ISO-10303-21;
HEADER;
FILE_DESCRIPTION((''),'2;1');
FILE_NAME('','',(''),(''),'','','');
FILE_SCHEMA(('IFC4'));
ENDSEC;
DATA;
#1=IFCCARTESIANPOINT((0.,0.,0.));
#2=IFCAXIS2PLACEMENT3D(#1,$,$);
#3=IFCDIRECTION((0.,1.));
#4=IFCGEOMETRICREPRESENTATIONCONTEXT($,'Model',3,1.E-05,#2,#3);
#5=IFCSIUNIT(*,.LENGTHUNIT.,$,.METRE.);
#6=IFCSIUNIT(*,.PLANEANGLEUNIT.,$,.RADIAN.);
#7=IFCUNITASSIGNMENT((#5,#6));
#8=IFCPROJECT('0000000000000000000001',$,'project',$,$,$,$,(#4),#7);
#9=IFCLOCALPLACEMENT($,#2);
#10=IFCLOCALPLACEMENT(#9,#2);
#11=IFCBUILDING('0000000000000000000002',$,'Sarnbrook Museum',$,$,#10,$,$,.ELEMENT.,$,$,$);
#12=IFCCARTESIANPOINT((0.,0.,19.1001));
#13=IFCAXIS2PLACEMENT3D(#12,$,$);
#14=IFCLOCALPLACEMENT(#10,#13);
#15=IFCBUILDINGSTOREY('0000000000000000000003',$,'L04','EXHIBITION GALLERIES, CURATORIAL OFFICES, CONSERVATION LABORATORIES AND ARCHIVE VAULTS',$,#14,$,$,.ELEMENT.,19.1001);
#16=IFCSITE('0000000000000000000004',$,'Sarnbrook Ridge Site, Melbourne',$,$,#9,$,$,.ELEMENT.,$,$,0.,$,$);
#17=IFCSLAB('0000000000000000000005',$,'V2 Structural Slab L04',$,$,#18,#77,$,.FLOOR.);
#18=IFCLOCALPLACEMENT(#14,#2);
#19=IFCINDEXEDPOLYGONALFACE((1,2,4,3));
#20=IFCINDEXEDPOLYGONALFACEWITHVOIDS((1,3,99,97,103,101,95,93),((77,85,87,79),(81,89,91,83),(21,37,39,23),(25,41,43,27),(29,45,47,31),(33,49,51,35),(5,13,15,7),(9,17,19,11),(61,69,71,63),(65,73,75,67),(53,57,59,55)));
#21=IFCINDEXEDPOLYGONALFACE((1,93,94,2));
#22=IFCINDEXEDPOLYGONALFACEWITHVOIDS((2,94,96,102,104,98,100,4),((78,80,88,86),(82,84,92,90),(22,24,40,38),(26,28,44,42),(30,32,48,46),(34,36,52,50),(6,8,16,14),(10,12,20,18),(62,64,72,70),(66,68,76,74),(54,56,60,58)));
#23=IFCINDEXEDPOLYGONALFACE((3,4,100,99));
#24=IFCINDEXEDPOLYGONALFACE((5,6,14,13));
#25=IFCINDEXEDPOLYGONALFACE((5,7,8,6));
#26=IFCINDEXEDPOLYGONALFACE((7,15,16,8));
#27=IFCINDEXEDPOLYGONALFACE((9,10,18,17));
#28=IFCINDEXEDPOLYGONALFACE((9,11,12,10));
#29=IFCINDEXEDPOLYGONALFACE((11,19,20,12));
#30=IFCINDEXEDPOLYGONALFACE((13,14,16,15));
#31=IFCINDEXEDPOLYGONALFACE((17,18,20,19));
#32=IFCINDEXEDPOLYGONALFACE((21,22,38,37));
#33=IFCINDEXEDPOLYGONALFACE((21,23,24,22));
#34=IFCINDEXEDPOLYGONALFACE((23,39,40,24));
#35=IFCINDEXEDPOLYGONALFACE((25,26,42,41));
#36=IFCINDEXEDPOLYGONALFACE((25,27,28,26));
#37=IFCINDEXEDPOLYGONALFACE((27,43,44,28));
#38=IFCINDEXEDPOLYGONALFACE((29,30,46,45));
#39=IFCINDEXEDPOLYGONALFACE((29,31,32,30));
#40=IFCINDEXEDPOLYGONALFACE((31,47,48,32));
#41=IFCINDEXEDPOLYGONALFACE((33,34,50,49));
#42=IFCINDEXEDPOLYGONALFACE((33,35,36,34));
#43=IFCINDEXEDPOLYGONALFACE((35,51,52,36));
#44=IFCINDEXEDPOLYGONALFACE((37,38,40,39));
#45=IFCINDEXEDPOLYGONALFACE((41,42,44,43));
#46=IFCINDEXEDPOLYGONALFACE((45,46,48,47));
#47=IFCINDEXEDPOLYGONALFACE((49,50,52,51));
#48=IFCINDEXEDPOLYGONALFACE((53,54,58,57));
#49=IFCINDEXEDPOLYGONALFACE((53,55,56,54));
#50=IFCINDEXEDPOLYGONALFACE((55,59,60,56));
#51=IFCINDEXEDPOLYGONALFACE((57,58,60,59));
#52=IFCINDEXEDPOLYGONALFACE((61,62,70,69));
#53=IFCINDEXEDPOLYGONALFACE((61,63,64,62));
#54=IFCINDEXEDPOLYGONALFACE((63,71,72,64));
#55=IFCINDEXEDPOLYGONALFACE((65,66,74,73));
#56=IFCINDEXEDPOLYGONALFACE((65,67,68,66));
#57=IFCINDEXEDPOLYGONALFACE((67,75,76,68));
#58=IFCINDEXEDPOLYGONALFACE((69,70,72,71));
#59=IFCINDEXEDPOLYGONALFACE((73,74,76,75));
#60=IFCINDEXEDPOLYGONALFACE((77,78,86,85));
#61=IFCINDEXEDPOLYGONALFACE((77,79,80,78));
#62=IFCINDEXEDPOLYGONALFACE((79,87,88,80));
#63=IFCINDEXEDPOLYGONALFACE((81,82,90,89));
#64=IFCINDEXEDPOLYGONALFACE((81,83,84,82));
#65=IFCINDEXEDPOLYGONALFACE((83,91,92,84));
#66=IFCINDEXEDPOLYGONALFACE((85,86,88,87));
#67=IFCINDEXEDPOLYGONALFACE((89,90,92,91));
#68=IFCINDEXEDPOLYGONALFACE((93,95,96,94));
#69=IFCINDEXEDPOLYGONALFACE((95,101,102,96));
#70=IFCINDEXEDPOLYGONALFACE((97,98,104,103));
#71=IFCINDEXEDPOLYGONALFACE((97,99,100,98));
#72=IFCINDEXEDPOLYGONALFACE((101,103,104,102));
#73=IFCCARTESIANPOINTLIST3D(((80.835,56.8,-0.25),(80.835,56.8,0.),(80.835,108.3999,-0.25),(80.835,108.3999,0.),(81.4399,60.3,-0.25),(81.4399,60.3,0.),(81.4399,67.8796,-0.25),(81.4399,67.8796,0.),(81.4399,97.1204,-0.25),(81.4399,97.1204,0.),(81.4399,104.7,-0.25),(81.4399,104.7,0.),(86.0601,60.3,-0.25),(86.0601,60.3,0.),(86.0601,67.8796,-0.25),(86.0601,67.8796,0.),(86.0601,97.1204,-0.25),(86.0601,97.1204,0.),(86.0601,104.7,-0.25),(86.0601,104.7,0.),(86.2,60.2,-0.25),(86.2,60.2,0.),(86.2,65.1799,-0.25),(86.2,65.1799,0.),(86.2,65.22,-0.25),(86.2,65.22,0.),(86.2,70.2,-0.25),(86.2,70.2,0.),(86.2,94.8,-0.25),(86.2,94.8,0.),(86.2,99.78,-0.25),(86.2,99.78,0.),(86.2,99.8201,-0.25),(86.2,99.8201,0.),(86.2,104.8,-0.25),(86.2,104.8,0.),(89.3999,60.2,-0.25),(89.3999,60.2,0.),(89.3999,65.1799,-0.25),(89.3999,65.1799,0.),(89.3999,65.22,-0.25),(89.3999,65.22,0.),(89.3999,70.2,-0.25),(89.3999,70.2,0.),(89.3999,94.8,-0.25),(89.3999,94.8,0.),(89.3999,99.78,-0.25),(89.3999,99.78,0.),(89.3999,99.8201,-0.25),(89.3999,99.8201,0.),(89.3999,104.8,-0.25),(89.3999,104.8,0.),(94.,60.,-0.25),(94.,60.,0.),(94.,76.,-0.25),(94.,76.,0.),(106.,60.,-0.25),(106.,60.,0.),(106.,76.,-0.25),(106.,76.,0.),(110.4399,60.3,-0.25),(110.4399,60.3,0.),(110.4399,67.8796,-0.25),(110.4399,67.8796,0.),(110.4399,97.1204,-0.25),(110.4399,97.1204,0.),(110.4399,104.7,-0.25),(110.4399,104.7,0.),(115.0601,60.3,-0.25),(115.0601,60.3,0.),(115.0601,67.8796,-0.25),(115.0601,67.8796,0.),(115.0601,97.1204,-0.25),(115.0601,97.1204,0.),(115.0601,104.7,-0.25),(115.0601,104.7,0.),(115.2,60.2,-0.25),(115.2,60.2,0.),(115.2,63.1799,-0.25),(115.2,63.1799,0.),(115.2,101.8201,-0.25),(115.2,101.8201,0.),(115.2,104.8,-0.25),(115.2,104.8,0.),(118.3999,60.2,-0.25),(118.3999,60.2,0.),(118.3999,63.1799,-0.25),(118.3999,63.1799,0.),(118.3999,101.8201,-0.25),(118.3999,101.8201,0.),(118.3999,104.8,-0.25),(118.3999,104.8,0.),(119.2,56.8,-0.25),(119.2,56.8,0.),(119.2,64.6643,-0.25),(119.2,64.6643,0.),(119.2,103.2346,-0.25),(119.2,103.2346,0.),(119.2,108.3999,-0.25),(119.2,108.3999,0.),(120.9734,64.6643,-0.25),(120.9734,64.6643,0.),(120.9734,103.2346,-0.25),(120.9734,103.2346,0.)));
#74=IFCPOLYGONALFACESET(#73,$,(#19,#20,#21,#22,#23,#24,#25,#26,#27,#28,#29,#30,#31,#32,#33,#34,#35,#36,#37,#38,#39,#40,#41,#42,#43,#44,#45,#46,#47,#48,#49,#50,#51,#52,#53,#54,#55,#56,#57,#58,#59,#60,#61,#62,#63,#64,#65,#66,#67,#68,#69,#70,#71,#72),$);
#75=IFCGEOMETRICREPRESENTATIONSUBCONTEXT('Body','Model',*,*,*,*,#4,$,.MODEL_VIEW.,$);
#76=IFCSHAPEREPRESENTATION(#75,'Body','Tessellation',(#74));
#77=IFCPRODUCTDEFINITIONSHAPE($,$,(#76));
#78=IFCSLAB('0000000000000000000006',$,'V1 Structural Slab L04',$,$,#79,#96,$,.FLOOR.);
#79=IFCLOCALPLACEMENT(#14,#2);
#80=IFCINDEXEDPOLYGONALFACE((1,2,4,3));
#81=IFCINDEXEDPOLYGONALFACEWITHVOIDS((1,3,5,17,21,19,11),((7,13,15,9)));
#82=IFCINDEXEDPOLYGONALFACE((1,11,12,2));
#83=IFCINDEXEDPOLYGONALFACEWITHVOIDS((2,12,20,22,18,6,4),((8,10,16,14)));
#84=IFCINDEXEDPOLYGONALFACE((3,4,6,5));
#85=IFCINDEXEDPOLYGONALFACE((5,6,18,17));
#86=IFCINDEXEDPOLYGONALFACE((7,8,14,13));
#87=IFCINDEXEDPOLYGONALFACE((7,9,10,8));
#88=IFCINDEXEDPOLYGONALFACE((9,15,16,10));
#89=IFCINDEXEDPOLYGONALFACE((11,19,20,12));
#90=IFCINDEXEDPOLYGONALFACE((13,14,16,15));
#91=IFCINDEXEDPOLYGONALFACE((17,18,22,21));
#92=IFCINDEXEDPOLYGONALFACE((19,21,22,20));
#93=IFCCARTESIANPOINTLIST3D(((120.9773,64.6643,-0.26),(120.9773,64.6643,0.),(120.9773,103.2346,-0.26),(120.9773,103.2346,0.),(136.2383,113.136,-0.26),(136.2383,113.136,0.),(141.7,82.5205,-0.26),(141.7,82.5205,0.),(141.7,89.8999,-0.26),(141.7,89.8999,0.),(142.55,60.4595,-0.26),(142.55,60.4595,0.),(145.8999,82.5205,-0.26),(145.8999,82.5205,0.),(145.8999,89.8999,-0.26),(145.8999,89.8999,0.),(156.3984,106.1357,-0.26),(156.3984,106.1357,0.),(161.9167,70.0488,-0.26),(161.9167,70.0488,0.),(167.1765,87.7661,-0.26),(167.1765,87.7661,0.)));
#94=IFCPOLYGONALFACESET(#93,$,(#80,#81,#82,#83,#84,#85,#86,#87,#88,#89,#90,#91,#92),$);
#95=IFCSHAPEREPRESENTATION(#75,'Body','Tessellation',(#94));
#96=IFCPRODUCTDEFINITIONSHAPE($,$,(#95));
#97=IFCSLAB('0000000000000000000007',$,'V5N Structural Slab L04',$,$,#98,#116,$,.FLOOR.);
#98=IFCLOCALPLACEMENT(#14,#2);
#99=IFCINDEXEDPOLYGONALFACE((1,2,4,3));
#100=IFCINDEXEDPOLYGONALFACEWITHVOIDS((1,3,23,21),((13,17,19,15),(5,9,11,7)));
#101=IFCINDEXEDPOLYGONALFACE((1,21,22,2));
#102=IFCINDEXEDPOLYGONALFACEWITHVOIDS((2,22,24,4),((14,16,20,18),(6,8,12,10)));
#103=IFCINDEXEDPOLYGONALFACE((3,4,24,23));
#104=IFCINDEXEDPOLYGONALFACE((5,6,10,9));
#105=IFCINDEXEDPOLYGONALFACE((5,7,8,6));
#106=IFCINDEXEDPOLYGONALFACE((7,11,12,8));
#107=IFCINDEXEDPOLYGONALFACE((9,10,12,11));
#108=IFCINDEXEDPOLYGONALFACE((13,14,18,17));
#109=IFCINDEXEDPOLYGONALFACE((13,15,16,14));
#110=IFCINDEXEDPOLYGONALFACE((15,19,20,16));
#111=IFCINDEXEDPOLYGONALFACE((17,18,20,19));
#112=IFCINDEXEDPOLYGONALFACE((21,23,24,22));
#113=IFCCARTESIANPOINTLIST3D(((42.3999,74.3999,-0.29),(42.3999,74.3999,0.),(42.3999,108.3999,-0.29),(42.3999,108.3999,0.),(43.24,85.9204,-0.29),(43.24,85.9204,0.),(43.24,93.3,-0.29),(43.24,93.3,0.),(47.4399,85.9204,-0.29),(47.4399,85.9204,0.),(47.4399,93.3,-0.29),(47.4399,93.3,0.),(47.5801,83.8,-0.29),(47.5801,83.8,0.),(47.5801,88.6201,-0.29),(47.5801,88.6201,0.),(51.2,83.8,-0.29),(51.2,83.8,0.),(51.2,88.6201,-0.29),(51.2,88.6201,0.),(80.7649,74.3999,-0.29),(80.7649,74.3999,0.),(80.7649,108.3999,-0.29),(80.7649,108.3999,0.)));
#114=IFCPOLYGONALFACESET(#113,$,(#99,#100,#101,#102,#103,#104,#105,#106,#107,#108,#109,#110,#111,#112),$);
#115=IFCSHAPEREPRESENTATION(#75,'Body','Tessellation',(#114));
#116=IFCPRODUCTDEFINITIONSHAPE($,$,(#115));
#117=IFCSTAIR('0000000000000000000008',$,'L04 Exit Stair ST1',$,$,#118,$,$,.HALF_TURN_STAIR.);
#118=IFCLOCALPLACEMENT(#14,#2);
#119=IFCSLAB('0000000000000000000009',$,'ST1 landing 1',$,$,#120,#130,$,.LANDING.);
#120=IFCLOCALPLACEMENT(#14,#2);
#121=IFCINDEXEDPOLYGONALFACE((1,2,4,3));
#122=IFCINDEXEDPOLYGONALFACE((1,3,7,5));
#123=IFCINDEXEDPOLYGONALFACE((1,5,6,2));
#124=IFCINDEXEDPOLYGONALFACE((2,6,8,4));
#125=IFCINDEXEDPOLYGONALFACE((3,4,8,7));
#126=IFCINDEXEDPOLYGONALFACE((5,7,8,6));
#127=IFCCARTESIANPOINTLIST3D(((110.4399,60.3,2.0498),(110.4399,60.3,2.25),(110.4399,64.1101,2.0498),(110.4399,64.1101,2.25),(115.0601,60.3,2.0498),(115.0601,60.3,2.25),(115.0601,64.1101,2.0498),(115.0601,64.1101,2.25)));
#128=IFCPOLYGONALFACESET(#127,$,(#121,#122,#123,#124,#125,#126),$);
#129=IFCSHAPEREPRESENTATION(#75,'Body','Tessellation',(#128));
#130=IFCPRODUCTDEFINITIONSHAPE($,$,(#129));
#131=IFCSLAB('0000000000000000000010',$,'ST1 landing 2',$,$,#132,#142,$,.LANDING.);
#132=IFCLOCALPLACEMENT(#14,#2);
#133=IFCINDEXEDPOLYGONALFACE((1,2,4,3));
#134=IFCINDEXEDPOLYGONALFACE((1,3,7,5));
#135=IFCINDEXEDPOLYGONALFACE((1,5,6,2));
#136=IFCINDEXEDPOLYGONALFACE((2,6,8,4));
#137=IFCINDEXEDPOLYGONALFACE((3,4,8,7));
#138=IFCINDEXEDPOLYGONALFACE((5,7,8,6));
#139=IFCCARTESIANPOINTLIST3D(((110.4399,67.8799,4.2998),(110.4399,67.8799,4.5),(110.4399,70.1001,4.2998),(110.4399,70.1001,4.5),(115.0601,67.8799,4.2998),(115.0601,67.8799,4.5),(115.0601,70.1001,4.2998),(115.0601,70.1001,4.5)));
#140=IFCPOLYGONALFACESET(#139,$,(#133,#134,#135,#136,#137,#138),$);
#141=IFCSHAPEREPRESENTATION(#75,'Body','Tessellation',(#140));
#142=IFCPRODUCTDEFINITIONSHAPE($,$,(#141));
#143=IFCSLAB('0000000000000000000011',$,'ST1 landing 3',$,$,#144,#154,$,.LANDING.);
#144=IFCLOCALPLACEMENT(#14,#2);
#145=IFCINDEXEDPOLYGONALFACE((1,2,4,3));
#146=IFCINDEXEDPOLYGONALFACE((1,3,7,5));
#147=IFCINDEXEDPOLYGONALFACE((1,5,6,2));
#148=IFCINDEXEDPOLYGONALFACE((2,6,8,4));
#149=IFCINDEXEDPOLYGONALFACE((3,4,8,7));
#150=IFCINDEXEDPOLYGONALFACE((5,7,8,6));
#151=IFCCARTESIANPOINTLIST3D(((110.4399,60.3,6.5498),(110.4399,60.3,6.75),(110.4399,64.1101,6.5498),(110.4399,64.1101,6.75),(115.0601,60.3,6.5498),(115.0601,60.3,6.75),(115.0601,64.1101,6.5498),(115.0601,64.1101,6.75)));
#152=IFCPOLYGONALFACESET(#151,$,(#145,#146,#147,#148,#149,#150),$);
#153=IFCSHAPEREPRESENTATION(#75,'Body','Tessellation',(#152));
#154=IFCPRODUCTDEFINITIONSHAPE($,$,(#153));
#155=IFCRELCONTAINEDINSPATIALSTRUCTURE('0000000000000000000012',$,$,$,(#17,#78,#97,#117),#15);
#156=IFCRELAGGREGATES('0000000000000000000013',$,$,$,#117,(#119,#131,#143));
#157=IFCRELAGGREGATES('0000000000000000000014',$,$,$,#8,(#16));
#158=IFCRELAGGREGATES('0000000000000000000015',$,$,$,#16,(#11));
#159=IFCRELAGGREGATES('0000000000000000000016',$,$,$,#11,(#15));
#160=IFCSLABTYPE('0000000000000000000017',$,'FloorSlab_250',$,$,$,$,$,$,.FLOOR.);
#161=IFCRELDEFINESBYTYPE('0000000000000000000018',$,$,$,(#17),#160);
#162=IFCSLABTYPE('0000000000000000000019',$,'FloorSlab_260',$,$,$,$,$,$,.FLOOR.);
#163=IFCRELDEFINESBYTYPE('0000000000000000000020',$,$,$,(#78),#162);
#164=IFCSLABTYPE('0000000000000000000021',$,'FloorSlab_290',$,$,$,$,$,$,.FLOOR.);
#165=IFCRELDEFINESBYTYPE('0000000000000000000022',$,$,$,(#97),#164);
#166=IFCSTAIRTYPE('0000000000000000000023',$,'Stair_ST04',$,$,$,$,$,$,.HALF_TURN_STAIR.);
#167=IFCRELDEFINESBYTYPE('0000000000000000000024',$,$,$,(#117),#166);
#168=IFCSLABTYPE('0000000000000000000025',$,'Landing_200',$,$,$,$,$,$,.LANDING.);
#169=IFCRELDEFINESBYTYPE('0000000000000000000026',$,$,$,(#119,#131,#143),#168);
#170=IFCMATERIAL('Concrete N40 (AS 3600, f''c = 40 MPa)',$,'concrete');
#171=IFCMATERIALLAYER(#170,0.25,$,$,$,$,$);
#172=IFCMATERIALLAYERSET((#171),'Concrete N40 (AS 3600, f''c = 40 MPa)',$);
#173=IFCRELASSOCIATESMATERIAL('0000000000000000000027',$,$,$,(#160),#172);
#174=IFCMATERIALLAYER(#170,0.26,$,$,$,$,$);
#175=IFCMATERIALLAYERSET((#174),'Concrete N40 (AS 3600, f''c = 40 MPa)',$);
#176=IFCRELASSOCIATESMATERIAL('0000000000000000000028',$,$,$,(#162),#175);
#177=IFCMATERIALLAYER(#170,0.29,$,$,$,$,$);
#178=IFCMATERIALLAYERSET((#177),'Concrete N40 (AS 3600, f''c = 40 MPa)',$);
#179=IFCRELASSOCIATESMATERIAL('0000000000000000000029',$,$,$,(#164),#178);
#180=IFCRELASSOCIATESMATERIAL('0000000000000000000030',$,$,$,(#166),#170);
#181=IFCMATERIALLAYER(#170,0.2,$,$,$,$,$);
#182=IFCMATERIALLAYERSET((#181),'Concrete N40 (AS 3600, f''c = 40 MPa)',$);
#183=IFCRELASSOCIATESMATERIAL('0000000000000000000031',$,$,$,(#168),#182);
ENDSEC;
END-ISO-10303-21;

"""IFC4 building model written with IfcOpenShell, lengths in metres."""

from ifc_helpers import new_model, si_unit, direction, frame, origin, place, context, subcontext, project, spatial, polyline, outline, extrude, material, layer, layer_set, type_object, element, aggregate, save


model = new_model("IFC4")

# Units and contexts
model_context = context("Model", 3, precision=1e-05, world=origin(), true_north=direction((0.0, 1.0)))
body_context = subcontext(model_context, "Body", "Model", "MODEL_VIEW")
ifc_project = project(units=[si_unit("LENGTHUNIT", "METRE"), si_unit("PLANEANGLEUNIT", "RADIAN")], contexts=[model_context])

# Site, building, storey
site_placement = place(None, origin())
site = spatial("IfcSite", under=ifc_project, at=site_placement, Name="Sarnbrook Ridge Site, Melbourne", CompositionType="ELEMENT", RefElevation=0.0)
building_placement = place(site_placement, origin())
building = spatial("IfcBuilding", under=site, at=building_placement, Name="Sarnbrook Museum", CompositionType="ELEMENT")
storey_placement = place(building_placement, frame((0.0, 0.0, 19.1001)))
storey = spatial("IfcBuildingStorey", under=building, at=storey_placement, Name="L04", Description="EXHIBITION GALLERIES, CURATORIAL OFFICES, CONSERVATION LABORATORIES AND ARCHIVE VAULTS", CompositionType="ELEMENT", Elevation=19.1001)

# Slabs
ifc_material_1 = material(Name="Concrete N40 (AS 3600, f'c = 40 MPa)", Category="concrete")
ifc_layer_1 = layer(ifc_material_1, 0.25)
ifc_layer_set_1 = layer_set([ifc_layer_1], Name="Concrete N40 (AS 3600, f'c = 40 MPa)")
slab_type_1 = type_object("IfcSlabType", Name="FloorSlab_250", PredefinedType="FLOOR", material=ifc_layer_set_1)
slab_1_placement = place(storey_placement, frame((0.0, 0.0, -0.25)))
element("IfcSlab", 1, at=slab_1_placement, inside=storey, type_object=slab_type_1, Name="V2 Structural Slab L04", PredefinedType="FLOOR", context=body_context, shape_type="SweptSolid", body=[
    extrude(outline(polyline([(120.9734, 103.2346), (120.9734, 64.6643), (119.2, 64.6643), (119.2, 56.8), (80.835, 56.8), (80.835, 108.3999), (119.2, 108.3999), (119.2, 103.2346), (120.9734, 103.2346)]), holes=[polyline([(86.2, 60.2), (86.2, 65.1799), (89.3999, 65.1799), (89.3999, 60.2), (86.2, 60.2)]), polyline([(81.4399, 67.8796), (86.0601, 67.8796), (86.0601, 60.3), (81.4399, 60.3), (81.4399, 67.8796)]), polyline([(86.2, 70.2), (89.3999, 70.2), (89.3999, 65.22), (86.2, 65.22), (86.2, 70.2)]), polyline([(89.3999, 99.78), (89.3999, 94.8), (86.2, 94.8), (86.2, 99.78), (89.3999, 99.78)]), polyline([(86.0601, 104.7), (86.0601, 97.1204), (81.4399, 97.1204), (81.4399, 104.7), (86.0601, 104.7)]), polyline([(86.2, 104.8), (89.3999, 104.8), (89.3999, 99.8201), (86.2, 99.8201), (86.2, 104.8)]), polyline([(115.2, 63.1799), (118.3999, 63.1799), (118.3999, 60.2), (115.2, 60.2), (115.2, 63.1799)]), polyline([(115.0601, 67.8796), (115.0601, 60.3), (110.4399, 60.3), (110.4399, 67.8796), (115.0601, 67.8796)]), polyline([(94.0, 76.0), (106.0, 76.0), (106.0, 60.0), (94.0, 60.0), (94.0, 76.0)]), polyline([(115.0601, 104.7), (115.0601, 97.1204), (110.4399, 97.1204), (110.4399, 104.7), (115.0601, 104.7)]), polyline([(118.3999, 104.8), (118.3999, 101.8201), (115.2, 101.8201), (115.2, 104.8), (118.3999, 104.8)])]), origin(), (0.0, 0.0, 1.0), 0.25),
])
ifc_layer_2 = layer(ifc_material_1, 0.26)
ifc_layer_set_2 = layer_set([ifc_layer_2], Name="Concrete N40 (AS 3600, f'c = 40 MPa)")
slab_type_2 = type_object("IfcSlabType", Name="FloorSlab_260", PredefinedType="FLOOR", material=ifc_layer_set_2)
slab_2_placement = place(storey_placement, frame((0.0, 0.0, -0.26)))
element("IfcSlab", 2, at=slab_2_placement, inside=storey, type_object=slab_type_2, Name="V1 Structural Slab L04", PredefinedType="FLOOR", context=body_context, shape_type="SweptSolid", body=[
    extrude(outline(polyline([(136.2383, 113.136), (156.3984, 106.1357), (167.1765, 87.7661), (161.9167, 70.0488), (142.55, 60.4595), (120.9773, 64.6643), (120.9773, 103.2346), (136.2383, 113.136)]), holes=[polyline([(145.8999, 82.5205), (141.7, 82.5205), (141.7, 89.8999), (145.8999, 89.8999), (145.8999, 82.5205)])]), origin(), (0.0, 0.0, 1.0), 0.26),
])
ifc_layer_3 = layer(ifc_material_1, 0.29)
ifc_layer_set_3 = layer_set([ifc_layer_3], Name="Concrete N40 (AS 3600, f'c = 40 MPa)")
slab_type_3 = type_object("IfcSlabType", Name="FloorSlab_290", PredefinedType="FLOOR", material=ifc_layer_set_3)
slab_3_placement = place(storey_placement, frame((0.0, 0.0, -0.29)))
element("IfcSlab", 3, at=slab_3_placement, inside=storey, type_object=slab_type_3, Name="V5N Structural Slab L04", PredefinedType="FLOOR", context=body_context, shape_type="SweptSolid", body=[
    extrude(outline(polyline([(80.7649, 108.3999), (80.7649, 74.3999), (42.3999, 74.3999), (42.3999, 108.3999), (80.7649, 108.3999)]), holes=[polyline([(51.2, 83.8), (47.5801, 83.8), (47.5801, 88.6201), (51.2, 88.6201), (51.2, 83.8)]), polyline([(47.4399, 85.9204), (43.24, 85.9204), (43.24, 93.3), (47.4399, 93.3), (47.4399, 85.9204)])]), origin(), (0.0, 0.0, 1.0), 0.29),
])

# Stair, slabs
stair_type = type_object("IfcStairType", Name="Stair_ST04", PredefinedType="HALF_TURN_STAIR", material=ifc_material_1)
stair_placement = place(storey_placement, origin())
stair = element("IfcStair", 4, at=stair_placement, inside=storey, type_object=stair_type, Name="L04 Exit Stair ST1", PredefinedType="HALF_TURN_STAIR")
ifc_layer_4 = layer(ifc_material_1, 0.2)
ifc_layer_set_4 = layer_set([ifc_layer_4], Name="Concrete N40 (AS 3600, f'c = 40 MPa)")
slab_type_4 = type_object("IfcSlabType", Name="Landing_200", PredefinedType="LANDING", material=ifc_layer_set_4)
slab_4_placement = place(storey_placement, frame((0.0, 0.0, 2.0498)))
slab_4 = element("IfcSlab", 5, at=slab_4_placement, type_object=slab_type_4, Name="ST1 landing 1", PredefinedType="LANDING", context=body_context, shape_type="SweptSolid", body=[
    extrude(outline(polyline([(110.4399, 64.1101), (110.4399, 60.3), (115.0601, 60.3), (115.0601, 64.1101), (110.4399, 64.1101)])), origin(), (0.0, 0.0, 1.0), 0.2002),
])
slab_5_placement = place(storey_placement, frame((0.0, 0.0, 4.2998)))
slab_5 = element("IfcSlab", 6, at=slab_5_placement, type_object=slab_type_4, Name="ST1 landing 2", PredefinedType="LANDING", context=body_context, shape_type="SweptSolid", body=[
    extrude(outline(polyline([(110.4399, 70.1001), (110.4399, 67.8799), (115.0601, 67.8799), (115.0601, 70.1001), (110.4399, 70.1001)])), origin(), (0.0, 0.0, 1.0), 0.2002),
])
slab_6_placement = place(storey_placement, frame((0.0, 0.0, 6.5498)))
slab_6 = element("IfcSlab", 7, at=slab_6_placement, type_object=slab_type_4, Name="ST1 landing 3", PredefinedType="LANDING", context=body_context, shape_type="SweptSolid", body=[
    extrude(outline(polyline([(110.4399, 64.1101), (110.4399, 60.3), (115.0601, 60.3), (115.0601, 64.1101), (110.4399, 64.1101)])), origin(), (0.0, 0.0, 1.0), 0.2002),
])
aggregate(stair, [slab_4, slab_5, slab_6])

save(model, "model.ifc")
